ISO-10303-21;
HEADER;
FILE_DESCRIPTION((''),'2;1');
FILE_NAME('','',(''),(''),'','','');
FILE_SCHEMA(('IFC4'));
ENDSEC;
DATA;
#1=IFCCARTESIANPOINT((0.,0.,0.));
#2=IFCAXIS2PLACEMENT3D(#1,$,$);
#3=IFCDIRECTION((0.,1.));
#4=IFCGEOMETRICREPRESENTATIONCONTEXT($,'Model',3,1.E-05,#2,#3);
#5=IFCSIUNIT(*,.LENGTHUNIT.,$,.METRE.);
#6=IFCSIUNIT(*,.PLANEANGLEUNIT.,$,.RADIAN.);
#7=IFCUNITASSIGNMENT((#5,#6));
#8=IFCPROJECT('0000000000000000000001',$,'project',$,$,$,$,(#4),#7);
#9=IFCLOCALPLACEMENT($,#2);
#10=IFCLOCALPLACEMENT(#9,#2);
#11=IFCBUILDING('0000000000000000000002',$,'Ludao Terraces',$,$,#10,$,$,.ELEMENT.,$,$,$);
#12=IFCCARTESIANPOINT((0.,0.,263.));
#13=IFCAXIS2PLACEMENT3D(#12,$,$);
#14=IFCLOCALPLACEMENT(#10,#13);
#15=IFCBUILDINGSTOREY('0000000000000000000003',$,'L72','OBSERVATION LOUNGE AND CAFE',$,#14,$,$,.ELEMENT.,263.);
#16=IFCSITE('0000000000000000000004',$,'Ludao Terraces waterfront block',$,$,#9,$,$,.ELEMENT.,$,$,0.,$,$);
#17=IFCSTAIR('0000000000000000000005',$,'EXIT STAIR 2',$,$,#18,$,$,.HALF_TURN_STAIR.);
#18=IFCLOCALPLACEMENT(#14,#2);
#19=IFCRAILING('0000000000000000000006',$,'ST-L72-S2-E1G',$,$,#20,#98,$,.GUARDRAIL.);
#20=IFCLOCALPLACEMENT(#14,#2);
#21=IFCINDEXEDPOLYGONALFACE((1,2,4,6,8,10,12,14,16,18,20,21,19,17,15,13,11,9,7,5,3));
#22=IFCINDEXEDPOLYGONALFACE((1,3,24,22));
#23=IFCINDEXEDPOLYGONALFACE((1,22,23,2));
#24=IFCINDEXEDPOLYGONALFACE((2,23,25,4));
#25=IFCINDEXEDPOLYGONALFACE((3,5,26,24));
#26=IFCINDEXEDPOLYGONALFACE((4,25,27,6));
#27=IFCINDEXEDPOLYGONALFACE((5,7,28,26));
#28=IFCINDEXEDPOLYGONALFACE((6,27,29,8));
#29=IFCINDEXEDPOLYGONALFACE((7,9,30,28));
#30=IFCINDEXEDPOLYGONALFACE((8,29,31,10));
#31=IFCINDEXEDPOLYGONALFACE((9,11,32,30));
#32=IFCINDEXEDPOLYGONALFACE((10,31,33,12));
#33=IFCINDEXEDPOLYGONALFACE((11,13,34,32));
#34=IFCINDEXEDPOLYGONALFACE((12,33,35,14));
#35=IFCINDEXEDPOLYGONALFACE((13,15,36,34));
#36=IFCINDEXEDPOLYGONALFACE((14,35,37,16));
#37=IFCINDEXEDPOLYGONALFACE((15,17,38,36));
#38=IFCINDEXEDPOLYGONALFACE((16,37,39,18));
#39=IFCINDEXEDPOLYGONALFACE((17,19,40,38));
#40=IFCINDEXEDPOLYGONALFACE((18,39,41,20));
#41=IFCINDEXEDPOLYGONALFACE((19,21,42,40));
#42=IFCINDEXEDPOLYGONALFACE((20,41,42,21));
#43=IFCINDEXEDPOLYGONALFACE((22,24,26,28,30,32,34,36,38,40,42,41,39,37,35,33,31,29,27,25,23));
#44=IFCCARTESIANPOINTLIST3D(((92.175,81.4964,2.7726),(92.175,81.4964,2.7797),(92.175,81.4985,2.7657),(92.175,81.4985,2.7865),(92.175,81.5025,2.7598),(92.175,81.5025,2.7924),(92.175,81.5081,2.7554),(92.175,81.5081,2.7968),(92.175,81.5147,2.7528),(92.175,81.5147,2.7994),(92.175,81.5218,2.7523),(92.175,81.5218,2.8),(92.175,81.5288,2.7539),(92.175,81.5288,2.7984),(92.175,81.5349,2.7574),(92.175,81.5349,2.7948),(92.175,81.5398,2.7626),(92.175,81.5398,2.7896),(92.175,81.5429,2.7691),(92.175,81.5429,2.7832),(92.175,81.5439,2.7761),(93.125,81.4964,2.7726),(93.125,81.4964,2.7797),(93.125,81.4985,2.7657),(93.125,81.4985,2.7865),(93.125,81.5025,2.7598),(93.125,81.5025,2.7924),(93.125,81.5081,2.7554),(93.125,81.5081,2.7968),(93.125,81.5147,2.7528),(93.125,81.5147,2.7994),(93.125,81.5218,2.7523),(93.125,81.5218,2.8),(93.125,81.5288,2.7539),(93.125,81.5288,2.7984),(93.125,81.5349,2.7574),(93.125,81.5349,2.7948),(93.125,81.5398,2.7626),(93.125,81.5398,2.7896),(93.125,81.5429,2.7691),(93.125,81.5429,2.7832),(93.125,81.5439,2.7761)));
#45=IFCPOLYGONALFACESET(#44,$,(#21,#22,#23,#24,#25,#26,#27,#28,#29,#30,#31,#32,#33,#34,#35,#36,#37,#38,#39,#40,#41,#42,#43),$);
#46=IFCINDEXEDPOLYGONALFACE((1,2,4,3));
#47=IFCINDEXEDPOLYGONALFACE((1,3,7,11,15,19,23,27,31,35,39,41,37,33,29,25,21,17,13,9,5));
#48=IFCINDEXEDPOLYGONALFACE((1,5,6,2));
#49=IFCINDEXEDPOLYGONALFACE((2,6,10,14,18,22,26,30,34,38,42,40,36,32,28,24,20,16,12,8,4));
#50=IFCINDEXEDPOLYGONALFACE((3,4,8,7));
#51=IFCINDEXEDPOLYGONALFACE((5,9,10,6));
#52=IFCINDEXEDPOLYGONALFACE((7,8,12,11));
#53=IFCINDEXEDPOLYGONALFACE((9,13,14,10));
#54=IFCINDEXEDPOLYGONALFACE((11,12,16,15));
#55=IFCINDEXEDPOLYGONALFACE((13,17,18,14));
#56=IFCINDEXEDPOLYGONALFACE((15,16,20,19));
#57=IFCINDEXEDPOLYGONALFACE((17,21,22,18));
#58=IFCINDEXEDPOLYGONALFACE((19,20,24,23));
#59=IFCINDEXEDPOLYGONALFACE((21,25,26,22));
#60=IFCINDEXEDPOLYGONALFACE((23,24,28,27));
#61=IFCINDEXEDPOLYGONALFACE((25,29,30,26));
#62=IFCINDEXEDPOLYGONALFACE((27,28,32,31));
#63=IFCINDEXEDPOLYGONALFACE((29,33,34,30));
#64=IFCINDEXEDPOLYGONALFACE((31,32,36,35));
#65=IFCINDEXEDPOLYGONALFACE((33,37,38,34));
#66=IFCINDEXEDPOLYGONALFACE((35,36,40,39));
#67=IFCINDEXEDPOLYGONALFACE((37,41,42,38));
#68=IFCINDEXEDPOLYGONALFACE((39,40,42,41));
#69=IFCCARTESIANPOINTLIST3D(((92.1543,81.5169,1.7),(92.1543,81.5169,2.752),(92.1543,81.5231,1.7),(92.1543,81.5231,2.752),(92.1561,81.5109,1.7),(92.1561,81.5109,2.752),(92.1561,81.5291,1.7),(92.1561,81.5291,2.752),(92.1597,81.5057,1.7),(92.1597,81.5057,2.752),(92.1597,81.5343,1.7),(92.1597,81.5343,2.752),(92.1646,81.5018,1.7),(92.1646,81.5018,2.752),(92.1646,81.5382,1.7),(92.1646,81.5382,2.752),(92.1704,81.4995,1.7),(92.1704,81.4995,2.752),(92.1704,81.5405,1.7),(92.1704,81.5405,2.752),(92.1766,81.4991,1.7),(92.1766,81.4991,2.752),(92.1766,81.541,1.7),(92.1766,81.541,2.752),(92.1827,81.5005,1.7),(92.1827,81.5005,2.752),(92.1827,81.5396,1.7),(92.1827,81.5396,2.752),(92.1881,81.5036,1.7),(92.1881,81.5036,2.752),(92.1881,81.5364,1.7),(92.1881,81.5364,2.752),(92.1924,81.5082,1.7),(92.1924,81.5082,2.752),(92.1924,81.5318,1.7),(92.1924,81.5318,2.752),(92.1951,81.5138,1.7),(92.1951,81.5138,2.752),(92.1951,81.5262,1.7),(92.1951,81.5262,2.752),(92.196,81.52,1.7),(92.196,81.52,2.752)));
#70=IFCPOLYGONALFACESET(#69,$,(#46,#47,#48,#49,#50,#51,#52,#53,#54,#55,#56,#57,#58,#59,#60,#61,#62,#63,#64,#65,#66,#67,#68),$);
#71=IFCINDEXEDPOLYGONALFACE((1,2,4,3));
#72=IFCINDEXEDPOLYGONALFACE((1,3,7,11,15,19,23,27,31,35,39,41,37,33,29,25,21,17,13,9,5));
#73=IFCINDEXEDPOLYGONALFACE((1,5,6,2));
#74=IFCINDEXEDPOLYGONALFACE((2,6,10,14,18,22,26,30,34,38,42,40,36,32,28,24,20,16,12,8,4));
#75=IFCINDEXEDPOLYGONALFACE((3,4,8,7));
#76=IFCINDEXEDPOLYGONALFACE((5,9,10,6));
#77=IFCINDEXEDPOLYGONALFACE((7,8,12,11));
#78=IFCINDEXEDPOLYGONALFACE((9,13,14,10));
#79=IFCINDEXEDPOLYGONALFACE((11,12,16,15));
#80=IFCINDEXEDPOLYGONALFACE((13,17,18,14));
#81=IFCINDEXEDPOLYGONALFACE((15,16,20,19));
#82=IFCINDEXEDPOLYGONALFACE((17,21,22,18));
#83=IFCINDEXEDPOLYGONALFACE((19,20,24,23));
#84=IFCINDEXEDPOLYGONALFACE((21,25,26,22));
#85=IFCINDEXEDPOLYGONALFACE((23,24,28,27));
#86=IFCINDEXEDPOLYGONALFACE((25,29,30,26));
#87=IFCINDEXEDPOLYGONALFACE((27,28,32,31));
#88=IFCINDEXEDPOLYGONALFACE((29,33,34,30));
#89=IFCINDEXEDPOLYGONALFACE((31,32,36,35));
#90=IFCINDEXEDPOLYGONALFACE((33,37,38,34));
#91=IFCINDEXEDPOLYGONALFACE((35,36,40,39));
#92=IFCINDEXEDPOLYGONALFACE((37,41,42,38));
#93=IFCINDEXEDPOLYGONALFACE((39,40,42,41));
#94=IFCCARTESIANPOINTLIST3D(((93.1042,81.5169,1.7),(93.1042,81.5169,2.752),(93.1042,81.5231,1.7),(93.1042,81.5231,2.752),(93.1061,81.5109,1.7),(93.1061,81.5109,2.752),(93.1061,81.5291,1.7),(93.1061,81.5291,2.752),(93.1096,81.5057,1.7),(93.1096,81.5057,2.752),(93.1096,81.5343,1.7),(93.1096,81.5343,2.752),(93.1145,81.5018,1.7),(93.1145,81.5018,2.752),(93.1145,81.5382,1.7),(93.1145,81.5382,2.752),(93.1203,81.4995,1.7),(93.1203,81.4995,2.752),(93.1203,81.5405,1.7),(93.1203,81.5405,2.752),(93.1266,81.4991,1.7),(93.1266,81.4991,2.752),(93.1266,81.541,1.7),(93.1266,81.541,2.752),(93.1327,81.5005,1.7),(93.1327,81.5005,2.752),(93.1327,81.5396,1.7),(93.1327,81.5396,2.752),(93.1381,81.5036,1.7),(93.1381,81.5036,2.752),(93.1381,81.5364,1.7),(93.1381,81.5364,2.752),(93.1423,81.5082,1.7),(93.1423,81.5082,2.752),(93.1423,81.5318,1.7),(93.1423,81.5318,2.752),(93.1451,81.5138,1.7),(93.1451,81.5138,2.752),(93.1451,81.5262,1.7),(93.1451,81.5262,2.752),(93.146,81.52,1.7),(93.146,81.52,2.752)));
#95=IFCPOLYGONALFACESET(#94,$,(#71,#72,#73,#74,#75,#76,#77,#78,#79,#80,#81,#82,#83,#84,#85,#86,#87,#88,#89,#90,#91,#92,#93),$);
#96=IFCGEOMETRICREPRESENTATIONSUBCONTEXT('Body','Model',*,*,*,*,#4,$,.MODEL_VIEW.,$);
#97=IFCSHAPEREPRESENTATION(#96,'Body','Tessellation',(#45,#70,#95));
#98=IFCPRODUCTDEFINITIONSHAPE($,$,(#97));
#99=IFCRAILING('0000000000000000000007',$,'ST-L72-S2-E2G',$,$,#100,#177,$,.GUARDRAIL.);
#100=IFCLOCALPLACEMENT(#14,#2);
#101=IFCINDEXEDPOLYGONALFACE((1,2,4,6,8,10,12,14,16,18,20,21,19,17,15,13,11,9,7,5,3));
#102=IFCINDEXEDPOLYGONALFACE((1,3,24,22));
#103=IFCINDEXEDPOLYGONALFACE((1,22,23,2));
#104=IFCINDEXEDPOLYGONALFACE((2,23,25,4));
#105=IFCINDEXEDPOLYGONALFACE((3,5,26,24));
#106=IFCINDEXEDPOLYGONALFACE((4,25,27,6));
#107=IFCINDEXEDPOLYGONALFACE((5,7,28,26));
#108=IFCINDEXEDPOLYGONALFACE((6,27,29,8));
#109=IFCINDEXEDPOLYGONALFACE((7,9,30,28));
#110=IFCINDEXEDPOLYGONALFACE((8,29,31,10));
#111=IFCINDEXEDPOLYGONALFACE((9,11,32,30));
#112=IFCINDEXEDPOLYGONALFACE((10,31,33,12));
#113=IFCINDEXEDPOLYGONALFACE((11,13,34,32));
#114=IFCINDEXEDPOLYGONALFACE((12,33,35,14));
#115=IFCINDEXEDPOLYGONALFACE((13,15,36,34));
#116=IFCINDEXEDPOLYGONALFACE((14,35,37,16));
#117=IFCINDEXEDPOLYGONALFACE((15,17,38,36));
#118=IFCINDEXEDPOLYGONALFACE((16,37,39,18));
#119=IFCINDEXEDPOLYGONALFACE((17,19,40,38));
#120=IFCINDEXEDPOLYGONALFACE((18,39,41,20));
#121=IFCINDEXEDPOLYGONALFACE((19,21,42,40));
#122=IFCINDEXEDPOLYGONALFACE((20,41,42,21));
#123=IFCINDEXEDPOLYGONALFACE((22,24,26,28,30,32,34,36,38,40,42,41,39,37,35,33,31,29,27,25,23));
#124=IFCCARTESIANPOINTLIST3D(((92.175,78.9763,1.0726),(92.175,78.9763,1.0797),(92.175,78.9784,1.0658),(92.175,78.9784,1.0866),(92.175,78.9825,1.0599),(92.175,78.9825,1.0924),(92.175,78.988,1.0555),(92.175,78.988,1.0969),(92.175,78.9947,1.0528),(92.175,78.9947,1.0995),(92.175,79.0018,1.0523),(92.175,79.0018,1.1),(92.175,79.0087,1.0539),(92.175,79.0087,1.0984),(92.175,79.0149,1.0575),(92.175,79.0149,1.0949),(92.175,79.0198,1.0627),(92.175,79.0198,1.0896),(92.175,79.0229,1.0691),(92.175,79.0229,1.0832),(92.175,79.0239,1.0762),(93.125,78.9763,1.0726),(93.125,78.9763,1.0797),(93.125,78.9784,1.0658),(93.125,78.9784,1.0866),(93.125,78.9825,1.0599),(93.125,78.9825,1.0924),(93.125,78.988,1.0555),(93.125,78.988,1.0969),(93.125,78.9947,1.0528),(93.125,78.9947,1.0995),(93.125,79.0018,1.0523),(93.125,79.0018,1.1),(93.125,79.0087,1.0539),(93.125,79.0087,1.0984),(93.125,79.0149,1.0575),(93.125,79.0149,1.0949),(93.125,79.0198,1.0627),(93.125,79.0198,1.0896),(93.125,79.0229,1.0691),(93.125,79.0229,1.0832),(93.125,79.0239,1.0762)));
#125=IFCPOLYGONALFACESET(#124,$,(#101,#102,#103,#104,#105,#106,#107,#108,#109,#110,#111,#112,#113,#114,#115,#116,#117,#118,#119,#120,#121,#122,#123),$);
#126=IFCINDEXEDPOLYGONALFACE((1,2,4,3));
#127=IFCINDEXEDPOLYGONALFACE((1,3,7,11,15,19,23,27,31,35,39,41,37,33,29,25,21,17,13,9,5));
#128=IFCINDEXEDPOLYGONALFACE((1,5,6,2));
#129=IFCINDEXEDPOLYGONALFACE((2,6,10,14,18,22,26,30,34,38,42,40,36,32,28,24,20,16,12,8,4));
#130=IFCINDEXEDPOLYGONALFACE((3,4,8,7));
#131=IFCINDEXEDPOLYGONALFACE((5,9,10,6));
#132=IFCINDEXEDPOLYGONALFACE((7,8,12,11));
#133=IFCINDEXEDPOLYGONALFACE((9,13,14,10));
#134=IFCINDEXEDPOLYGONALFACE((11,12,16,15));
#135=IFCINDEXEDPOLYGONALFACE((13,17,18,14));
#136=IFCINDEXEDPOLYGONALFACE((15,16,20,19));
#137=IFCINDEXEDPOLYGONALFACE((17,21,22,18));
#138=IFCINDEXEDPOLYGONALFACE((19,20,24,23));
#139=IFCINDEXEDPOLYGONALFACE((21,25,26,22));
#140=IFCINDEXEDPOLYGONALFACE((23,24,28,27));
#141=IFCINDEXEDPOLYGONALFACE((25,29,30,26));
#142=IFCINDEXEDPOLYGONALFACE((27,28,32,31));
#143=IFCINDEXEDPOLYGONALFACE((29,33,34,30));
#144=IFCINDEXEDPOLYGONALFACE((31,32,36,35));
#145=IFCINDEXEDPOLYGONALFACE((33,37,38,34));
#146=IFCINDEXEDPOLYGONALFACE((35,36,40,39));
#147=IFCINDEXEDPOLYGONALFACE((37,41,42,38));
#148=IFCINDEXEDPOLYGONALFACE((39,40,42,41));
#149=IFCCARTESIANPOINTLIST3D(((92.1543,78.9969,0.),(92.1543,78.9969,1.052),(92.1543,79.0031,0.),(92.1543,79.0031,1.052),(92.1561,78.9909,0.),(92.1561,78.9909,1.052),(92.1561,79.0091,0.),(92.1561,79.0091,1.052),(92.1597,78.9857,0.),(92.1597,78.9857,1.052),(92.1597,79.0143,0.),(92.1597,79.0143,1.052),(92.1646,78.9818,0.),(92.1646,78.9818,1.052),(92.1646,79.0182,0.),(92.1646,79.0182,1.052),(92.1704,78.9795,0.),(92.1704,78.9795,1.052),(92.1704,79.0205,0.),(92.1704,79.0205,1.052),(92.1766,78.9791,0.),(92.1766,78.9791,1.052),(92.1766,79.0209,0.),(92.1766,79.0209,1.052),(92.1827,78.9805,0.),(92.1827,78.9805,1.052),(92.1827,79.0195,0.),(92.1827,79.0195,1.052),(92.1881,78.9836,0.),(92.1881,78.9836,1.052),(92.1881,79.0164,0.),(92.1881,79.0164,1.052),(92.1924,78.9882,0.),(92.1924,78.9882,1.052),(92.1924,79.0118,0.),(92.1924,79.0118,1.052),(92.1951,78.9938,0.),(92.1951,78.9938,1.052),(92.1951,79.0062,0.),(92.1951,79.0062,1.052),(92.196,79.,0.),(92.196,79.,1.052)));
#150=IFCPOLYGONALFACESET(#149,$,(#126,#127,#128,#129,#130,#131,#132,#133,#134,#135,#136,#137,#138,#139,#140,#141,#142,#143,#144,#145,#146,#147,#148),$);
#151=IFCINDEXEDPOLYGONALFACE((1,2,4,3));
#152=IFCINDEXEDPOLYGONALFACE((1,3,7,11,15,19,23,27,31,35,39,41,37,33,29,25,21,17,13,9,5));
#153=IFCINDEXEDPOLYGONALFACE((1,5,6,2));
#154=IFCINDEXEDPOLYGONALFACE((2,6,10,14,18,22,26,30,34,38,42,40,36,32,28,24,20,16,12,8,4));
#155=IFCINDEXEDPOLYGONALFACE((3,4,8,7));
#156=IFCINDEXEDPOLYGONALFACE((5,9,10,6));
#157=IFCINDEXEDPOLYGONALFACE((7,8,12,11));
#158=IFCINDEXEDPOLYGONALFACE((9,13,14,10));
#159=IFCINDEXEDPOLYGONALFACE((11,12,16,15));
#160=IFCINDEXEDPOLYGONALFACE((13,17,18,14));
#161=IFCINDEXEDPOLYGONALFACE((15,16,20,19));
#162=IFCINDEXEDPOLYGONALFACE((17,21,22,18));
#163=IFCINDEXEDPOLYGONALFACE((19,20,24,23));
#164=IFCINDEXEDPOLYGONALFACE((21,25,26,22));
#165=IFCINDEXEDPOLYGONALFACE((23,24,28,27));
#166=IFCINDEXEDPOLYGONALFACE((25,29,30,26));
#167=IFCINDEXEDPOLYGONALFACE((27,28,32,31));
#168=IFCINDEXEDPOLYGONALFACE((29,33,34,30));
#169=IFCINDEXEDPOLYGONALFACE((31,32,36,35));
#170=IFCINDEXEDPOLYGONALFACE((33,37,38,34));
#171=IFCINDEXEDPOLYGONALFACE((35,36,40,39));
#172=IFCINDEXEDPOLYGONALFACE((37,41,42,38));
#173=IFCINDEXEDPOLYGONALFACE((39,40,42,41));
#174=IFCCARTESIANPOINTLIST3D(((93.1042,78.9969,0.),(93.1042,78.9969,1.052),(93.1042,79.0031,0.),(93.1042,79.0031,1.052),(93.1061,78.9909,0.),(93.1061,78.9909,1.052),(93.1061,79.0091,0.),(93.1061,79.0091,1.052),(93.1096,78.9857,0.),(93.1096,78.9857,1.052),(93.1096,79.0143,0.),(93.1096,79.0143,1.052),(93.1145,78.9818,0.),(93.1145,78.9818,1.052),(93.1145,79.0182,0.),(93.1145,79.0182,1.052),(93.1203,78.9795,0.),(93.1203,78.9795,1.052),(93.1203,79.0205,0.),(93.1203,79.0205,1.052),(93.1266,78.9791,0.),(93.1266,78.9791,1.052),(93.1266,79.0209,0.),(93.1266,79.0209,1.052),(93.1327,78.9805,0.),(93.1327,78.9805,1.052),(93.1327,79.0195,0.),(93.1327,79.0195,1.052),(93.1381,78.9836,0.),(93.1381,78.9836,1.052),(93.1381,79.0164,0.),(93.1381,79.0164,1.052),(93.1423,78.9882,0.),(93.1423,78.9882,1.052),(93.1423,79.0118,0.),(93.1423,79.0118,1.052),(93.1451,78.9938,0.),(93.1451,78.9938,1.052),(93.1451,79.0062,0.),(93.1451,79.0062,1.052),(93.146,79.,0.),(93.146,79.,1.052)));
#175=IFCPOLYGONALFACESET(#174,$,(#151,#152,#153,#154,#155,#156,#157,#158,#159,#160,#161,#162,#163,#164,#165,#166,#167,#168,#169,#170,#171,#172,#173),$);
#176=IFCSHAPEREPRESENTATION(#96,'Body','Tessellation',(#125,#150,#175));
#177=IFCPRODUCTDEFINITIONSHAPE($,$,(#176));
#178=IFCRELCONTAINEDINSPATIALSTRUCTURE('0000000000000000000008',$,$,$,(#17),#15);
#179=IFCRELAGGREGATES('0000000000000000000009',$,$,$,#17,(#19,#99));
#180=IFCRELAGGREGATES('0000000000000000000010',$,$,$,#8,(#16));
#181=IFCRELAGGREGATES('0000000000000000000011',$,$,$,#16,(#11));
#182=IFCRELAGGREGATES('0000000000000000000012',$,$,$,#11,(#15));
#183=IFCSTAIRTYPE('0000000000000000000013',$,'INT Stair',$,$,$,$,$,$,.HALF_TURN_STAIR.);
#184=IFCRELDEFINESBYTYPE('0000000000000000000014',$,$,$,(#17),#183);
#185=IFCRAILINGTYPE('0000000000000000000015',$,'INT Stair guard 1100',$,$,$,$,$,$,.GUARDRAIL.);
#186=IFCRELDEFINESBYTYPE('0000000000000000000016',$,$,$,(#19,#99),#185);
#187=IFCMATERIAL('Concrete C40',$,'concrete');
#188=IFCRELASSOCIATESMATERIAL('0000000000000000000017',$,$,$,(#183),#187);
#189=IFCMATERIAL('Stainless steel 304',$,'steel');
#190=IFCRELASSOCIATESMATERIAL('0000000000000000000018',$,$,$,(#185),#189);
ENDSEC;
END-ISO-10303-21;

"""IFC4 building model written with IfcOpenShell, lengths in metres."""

from ifc_helpers import new_model, si_unit, direction, frame, origin, origin_2d, place, context, subcontext, project, spatial, circle, extrude, material, type_object, element, aggregate, save


model = new_model("IFC4")

# Units and contexts
model_context = context("Model", 3, precision=1e-05, world=origin(), true_north=direction((0.0, 1.0)))
body_context = subcontext(model_context, "Body", "Model", "MODEL_VIEW")
ifc_project = project(units=[si_unit("LENGTHUNIT", "METRE"), si_unit("PLANEANGLEUNIT", "RADIAN")], contexts=[model_context])

# Site, building, storey
site_placement = place(None, origin())
site = spatial("IfcSite", under=ifc_project, at=site_placement, Name="Ludao Terraces waterfront block", CompositionType="ELEMENT", RefElevation=0.0)
building_placement = place(site_placement, origin())
building = spatial("IfcBuilding", under=site, at=building_placement, Name="Ludao Terraces", CompositionType="ELEMENT")
storey_placement = place(building_placement, frame((0.0, 0.0, 263.0)))
storey = spatial("IfcBuildingStorey", under=building, at=storey_placement, Name="L72", Description="OBSERVATION LOUNGE AND CAFE", CompositionType="ELEMENT", Elevation=263.0)

# Shared definitions
ifc_material_1 = material(Name="Concrete C40", Category="concrete")

# Stair, railings
stair_type = type_object("IfcStairType", Name="INT Stair", PredefinedType="HALF_TURN_STAIR", material=ifc_material_1)
stair_placement = place(storey_placement, origin())
stair = element("IfcStair", 1, at=stair_placement, inside=storey, type_object=stair_type, Name="EXIT STAIR 2", PredefinedType="HALF_TURN_STAIR")
ifc_material_2 = material(Name="Stainless steel 304", Category="steel")
railing_type_1 = type_object("IfcRailingType", Name="INT Stair guard 1100", PredefinedType="GUARDRAIL", material=ifc_material_2)
railing_1_placement = place(storey_placement, frame((92.175, 81.52, 1.7)))
railing_1 = element("IfcRailing", 2, at=railing_1_placement, type_object=railing_type_1, Name="ST-L72-S2-E1G", PredefinedType="GUARDRAIL", context=body_context, shape_type="SweptSolid", body=[
    extrude(circle(Radius=0.0239, at=origin_2d()), frame((0.0, 0.0, 1.0762), z_axis=(1.0, 0.0, 0.0), x_axis=(0.0, 1.0, 0.0)), (0.0, 0.0, 1.0), 0.95),
    extrude(circle(Radius=0.021, at=origin_2d()), origin(), (0.0, 0.0, 1.0), 1.052),
    extrude(circle(Radius=0.021, at=origin_2d()), frame((0.95, 0.0, 0.0)), (0.0, 0.0, 1.0), 1.052),
])
railing_2_placement = place(storey_placement, frame((92.175, 79.0, 0.0)))
railing_2 = element("IfcRailing", 3, at=railing_2_placement, type_object=railing_type_1, Name="ST-L72-S2-E2G", PredefinedType="GUARDRAIL", context=body_context, shape_type="SweptSolid", body=[
    extrude(circle(Radius=0.0239, at=origin_2d()), frame((0.0, 0.0, 1.0762), z_axis=(1.0, 0.0, 0.0), x_axis=(0.0, 1.0, 0.0)), (0.0, 0.0, 1.0), 0.95),
    extrude(circle(Radius=0.021, at=origin_2d()), origin(), (0.0, 0.0, 1.0), 1.052),
    extrude(circle(Radius=0.021, at=origin_2d()), frame((0.95, 0.0, 0.0)), (0.0, 0.0, 1.0), 1.052),
])
aggregate(stair, [railing_1, railing_2])

save(model, "model.ifc")
